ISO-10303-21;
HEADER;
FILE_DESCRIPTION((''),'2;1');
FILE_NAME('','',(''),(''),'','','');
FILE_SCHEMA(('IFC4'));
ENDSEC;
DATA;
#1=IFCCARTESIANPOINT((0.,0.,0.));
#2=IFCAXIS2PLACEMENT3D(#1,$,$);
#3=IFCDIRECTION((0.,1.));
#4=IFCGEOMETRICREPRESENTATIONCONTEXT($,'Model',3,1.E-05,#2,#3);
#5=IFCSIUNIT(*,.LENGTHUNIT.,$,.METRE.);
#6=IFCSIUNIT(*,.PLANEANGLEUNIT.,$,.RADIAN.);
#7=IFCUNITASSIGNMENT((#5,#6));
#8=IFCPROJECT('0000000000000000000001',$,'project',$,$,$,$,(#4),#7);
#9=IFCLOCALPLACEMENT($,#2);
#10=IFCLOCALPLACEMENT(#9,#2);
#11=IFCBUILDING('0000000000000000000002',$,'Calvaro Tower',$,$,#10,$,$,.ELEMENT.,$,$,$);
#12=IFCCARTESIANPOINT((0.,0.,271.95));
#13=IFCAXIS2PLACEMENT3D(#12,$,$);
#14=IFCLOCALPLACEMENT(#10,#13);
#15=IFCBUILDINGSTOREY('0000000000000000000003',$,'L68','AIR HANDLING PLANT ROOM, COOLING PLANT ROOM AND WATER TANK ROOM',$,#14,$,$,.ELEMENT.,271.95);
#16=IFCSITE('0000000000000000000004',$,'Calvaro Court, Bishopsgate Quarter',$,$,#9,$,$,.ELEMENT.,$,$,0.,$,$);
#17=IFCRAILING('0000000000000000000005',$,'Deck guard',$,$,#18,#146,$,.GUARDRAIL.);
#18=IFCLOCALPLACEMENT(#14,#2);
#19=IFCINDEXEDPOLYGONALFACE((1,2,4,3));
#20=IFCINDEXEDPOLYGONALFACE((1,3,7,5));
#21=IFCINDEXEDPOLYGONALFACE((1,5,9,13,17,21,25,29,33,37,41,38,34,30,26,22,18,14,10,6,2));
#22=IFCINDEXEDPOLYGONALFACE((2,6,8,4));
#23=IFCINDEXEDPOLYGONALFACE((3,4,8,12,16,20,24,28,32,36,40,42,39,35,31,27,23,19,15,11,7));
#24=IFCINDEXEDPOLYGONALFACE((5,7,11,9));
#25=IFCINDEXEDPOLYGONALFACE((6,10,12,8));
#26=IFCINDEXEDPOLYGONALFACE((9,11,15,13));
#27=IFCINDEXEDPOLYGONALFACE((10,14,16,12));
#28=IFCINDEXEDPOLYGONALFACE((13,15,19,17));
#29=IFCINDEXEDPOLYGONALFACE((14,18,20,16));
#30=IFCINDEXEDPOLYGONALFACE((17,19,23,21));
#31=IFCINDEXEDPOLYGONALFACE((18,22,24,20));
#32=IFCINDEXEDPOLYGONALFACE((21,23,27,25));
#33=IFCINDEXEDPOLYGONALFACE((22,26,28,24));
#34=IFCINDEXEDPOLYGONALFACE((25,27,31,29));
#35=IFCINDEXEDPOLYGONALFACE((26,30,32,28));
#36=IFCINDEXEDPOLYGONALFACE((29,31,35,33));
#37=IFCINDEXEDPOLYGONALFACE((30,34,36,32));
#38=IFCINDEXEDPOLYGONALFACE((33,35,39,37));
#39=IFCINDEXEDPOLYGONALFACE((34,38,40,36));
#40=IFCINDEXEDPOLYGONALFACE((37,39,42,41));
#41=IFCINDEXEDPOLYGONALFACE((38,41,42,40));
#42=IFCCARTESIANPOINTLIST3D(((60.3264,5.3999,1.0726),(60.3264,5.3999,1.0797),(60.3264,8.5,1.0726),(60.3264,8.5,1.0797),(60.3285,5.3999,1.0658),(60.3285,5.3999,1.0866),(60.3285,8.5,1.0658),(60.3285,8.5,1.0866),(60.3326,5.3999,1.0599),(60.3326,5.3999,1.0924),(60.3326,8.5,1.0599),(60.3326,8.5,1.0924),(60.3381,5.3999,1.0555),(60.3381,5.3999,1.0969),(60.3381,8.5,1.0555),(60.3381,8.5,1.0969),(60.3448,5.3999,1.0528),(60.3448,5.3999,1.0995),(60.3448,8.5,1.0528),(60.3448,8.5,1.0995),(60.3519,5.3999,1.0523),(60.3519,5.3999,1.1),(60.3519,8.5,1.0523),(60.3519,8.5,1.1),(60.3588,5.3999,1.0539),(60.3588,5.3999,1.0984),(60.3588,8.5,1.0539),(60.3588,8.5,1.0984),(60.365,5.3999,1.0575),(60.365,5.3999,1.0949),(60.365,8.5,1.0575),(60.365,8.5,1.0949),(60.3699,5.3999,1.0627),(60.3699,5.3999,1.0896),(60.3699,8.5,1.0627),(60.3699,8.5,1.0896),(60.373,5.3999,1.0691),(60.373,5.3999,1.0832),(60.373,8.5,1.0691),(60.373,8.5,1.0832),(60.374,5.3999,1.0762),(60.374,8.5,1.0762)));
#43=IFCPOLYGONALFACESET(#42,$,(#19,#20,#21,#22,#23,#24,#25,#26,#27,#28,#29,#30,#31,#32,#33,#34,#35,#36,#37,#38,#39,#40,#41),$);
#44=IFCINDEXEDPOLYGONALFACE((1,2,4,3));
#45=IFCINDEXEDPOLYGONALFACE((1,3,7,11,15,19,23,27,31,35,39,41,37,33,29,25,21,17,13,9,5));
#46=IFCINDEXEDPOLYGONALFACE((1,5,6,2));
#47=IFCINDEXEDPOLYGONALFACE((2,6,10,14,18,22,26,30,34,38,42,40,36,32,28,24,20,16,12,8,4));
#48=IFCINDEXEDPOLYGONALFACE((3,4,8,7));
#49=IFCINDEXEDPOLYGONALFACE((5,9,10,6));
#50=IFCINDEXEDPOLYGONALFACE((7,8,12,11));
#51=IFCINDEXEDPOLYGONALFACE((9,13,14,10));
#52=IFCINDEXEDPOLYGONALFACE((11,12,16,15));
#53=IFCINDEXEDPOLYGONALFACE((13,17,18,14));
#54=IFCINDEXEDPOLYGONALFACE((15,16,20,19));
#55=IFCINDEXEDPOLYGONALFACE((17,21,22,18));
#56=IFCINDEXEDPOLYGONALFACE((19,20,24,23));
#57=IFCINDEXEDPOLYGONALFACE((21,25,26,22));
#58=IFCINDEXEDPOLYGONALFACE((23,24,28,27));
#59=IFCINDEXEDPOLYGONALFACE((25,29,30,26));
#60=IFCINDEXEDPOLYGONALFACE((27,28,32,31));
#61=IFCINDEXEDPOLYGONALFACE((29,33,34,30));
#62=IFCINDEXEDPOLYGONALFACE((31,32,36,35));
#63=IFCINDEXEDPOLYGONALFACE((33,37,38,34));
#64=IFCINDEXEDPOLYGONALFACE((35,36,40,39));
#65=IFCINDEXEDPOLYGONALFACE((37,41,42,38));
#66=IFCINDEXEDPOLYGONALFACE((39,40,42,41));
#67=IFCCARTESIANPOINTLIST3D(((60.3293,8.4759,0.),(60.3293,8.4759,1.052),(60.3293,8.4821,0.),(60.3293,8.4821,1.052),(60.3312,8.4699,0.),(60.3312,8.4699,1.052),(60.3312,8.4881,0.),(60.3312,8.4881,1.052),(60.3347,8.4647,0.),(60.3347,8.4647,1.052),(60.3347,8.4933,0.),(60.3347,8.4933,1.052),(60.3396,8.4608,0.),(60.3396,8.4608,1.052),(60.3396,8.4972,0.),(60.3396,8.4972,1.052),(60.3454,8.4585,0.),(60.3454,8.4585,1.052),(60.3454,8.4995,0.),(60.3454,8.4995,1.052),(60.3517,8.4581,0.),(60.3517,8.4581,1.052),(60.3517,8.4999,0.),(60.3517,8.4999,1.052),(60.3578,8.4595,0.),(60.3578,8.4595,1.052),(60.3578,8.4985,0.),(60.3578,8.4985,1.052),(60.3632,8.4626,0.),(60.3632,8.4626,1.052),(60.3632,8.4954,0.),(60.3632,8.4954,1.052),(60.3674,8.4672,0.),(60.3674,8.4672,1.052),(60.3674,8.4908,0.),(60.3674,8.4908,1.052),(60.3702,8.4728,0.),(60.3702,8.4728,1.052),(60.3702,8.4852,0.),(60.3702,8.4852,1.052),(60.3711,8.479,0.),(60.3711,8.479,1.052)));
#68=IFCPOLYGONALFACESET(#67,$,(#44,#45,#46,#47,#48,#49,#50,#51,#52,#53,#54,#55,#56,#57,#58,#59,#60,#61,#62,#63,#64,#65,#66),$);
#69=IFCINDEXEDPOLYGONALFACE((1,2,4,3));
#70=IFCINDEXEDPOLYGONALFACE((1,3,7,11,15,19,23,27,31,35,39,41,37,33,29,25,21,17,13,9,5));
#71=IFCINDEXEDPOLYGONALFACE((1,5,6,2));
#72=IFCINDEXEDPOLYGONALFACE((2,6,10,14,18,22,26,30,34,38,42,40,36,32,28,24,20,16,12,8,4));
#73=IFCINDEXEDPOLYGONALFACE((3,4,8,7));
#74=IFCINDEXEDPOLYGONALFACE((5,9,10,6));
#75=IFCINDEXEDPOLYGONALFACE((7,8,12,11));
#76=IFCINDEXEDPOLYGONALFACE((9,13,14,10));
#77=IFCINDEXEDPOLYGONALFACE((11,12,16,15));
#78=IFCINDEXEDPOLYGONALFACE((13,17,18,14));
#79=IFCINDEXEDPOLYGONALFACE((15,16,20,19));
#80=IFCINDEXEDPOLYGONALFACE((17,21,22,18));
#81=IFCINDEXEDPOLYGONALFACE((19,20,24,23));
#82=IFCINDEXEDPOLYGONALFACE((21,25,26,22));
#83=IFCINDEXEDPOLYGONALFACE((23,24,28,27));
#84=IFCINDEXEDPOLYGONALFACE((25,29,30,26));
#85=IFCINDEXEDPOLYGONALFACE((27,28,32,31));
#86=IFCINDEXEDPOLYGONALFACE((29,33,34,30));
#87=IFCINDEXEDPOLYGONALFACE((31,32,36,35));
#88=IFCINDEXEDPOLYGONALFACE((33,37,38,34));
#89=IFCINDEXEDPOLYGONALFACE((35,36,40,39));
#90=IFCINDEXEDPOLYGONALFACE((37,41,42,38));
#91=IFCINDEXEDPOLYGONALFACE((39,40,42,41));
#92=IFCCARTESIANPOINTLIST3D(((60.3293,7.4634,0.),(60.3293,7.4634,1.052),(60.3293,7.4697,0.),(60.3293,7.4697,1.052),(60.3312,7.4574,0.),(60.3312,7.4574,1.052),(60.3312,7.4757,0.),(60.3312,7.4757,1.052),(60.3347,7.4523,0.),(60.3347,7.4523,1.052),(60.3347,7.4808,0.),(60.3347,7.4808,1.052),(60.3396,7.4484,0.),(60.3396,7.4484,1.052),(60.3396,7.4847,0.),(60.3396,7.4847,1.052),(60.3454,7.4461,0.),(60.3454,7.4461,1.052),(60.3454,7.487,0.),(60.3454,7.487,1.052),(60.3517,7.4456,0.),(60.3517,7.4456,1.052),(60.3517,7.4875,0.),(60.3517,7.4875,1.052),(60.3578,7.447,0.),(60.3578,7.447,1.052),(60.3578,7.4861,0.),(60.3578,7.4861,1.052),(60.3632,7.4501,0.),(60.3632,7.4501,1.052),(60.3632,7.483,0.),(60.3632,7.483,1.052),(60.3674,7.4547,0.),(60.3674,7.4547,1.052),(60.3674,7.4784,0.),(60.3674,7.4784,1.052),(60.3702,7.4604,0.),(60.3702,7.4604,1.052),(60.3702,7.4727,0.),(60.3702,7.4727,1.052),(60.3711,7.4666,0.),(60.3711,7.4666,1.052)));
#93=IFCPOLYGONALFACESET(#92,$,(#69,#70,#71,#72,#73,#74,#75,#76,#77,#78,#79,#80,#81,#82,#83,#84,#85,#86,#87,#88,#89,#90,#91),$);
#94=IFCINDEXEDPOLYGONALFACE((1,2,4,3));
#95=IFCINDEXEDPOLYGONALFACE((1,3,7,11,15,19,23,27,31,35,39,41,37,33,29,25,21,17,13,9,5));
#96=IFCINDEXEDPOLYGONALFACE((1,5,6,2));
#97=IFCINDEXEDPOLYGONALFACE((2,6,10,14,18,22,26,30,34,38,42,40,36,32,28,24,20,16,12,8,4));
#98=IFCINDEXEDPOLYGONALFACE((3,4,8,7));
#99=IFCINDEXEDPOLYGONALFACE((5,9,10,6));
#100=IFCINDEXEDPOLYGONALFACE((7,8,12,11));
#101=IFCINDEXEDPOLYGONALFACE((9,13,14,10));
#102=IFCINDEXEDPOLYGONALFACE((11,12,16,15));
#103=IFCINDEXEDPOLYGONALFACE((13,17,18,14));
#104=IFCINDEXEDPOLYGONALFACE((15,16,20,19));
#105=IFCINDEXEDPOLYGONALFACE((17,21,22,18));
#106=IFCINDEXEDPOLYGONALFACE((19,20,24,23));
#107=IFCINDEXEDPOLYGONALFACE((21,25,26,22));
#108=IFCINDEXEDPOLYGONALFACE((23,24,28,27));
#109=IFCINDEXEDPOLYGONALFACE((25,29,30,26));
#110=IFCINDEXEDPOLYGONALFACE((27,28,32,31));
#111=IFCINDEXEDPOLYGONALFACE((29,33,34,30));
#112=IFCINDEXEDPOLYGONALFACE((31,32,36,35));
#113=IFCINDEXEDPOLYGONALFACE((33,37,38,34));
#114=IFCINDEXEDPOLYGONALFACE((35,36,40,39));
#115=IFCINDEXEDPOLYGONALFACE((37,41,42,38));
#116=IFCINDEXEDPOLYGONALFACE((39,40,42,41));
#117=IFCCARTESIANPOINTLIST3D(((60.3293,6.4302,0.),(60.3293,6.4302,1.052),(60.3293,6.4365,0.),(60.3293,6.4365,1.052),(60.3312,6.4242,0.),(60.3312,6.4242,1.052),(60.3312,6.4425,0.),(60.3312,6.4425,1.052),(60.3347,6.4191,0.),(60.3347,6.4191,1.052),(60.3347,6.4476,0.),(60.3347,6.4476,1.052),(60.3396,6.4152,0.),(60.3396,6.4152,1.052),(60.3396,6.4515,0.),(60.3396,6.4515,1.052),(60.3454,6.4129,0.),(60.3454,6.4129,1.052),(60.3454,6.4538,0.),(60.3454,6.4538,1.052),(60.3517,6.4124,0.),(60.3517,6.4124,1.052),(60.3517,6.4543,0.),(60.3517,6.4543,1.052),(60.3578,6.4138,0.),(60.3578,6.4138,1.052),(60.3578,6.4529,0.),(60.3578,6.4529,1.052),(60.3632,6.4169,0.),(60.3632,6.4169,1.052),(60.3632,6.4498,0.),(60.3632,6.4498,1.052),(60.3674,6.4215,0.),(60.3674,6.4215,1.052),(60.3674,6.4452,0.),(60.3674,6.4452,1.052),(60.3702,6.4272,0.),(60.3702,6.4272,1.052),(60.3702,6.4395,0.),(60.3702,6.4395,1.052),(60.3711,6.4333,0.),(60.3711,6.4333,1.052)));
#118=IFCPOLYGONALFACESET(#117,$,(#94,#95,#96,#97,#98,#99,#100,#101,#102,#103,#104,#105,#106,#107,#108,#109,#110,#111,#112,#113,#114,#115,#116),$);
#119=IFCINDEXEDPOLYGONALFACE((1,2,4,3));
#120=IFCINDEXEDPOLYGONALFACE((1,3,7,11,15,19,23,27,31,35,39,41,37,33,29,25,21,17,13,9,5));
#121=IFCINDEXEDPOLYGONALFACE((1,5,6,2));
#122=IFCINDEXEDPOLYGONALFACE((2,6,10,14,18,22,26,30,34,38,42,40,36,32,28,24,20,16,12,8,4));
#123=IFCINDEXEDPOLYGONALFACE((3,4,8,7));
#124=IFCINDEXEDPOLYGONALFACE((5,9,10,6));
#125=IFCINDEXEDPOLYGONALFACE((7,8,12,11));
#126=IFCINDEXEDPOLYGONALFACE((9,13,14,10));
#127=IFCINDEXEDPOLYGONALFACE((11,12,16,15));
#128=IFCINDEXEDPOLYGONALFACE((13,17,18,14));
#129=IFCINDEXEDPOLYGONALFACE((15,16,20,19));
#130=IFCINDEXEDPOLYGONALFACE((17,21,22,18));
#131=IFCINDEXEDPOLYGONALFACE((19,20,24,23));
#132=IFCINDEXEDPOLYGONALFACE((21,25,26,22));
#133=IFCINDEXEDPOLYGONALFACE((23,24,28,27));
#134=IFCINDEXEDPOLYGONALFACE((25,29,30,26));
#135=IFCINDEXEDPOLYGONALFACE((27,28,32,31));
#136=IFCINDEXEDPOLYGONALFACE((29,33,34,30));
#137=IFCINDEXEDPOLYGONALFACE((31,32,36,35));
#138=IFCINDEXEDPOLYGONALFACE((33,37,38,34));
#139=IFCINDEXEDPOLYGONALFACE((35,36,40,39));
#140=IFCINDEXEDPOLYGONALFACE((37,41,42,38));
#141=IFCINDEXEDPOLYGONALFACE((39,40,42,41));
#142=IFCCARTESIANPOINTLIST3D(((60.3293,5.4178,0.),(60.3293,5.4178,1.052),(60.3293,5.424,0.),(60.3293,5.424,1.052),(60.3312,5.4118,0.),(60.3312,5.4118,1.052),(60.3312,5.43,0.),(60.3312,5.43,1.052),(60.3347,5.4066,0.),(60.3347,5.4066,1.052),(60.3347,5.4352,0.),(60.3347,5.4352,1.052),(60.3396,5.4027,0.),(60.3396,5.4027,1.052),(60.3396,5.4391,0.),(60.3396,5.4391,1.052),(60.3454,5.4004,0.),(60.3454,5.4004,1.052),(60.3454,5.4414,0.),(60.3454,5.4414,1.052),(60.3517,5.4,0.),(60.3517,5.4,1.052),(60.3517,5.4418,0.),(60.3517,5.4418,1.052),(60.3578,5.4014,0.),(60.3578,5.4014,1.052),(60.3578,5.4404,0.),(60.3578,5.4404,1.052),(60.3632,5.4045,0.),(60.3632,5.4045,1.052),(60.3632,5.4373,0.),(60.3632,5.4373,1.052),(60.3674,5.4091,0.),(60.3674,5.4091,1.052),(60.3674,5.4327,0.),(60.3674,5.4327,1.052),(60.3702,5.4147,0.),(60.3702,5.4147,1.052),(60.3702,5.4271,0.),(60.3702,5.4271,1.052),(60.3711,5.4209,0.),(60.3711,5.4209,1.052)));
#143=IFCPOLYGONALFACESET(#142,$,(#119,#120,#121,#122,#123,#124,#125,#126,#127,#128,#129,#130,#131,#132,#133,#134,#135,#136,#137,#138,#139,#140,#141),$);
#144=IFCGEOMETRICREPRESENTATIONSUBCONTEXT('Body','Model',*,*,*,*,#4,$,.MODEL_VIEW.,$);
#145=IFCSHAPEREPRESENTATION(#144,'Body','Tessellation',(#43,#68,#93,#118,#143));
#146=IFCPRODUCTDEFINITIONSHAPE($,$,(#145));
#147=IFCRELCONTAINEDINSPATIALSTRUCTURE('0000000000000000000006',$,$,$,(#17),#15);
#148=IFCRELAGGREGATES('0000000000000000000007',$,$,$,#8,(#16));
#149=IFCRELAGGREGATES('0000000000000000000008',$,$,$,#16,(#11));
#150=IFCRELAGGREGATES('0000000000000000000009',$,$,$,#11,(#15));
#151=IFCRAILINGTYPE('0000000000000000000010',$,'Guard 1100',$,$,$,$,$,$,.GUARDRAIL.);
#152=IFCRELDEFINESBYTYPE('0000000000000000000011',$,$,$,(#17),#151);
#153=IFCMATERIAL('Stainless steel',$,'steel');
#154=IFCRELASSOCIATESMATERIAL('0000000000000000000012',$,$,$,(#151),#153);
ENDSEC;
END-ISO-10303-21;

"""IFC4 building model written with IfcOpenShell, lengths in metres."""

from ifc_helpers import new_model, si_unit, direction, frame, origin, origin_2d, place, context, subcontext, project, spatial, circle, extrude, material, type_object, element, save


model = new_model("IFC4")

# Units and contexts
model_context = context("Model", 3, precision=1e-05, world=origin(), true_north=direction((0.0, 1.0)))
body_context = subcontext(model_context, "Body", "Model", "MODEL_VIEW")
ifc_project = project(units=[si_unit("LENGTHUNIT", "METRE"), si_unit("PLANEANGLEUNIT", "RADIAN")], contexts=[model_context])

# Site, building, storey
site_placement = place(None, origin())
site = spatial("IfcSite", under=ifc_project, at=site_placement, Name="Calvaro Court, Bishopsgate Quarter", CompositionType="ELEMENT", RefElevation=0.0)
building_placement = place(site_placement, origin())
building = spatial("IfcBuilding", under=site, at=building_placement, Name="Calvaro Tower", CompositionType="ELEMENT")
storey_placement = place(building_placement, frame((0.0, 0.0, 271.95)))
storey = spatial("IfcBuildingStorey", under=building, at=storey_placement, Name="L68", Description="AIR HANDLING PLANT ROOM, COOLING PLANT ROOM AND WATER TANK ROOM", CompositionType="ELEMENT", Elevation=271.95)

# Railing
ifc_material_1 = material(Name="Stainless steel", Category="steel")
railing_type = type_object("IfcRailingType", Name="Guard 1100", PredefinedType="GUARDRAIL", material=ifc_material_1)
railing_1_placement = place(storey_placement, frame((60.3501, 8.5, 0.0)))
element("IfcRailing", 1, at=railing_1_placement, inside=storey, type_object=railing_type, Name="Deck guard", PredefinedType="GUARDRAIL", context=body_context, shape_type="SweptSolid", body=[
    extrude(circle(Radius=0.0239, at=origin_2d()), frame((0.0, 0.0, 1.0762), z_axis=(0.0, -1.0, 0.0), x_axis=(1.0, 0.0, 0.0)), (0.0, 0.0, 1.0), 3.1001),
    extrude(circle(Radius=0.021, at=origin_2d()), frame((0.0, -0.021, 0.0)), (0.0, 0.0, 1.0), 1.052),
    extrude(circle(Radius=0.021, at=origin_2d()), frame((0.0, -1.0334, 0.0)), (0.0, 0.0, 1.0), 1.052),
    extrude(circle(Radius=0.021, at=origin_2d()), frame((0.0, -2.0667, 0.0)), (0.0, 0.0, 1.0), 1.052),
    extrude(circle(Radius=0.021, at=origin_2d()), frame((0.0, -3.0791, 0.0)), (0.0, 0.0, 1.0), 1.052),
])

save(model, "model.ifc")
